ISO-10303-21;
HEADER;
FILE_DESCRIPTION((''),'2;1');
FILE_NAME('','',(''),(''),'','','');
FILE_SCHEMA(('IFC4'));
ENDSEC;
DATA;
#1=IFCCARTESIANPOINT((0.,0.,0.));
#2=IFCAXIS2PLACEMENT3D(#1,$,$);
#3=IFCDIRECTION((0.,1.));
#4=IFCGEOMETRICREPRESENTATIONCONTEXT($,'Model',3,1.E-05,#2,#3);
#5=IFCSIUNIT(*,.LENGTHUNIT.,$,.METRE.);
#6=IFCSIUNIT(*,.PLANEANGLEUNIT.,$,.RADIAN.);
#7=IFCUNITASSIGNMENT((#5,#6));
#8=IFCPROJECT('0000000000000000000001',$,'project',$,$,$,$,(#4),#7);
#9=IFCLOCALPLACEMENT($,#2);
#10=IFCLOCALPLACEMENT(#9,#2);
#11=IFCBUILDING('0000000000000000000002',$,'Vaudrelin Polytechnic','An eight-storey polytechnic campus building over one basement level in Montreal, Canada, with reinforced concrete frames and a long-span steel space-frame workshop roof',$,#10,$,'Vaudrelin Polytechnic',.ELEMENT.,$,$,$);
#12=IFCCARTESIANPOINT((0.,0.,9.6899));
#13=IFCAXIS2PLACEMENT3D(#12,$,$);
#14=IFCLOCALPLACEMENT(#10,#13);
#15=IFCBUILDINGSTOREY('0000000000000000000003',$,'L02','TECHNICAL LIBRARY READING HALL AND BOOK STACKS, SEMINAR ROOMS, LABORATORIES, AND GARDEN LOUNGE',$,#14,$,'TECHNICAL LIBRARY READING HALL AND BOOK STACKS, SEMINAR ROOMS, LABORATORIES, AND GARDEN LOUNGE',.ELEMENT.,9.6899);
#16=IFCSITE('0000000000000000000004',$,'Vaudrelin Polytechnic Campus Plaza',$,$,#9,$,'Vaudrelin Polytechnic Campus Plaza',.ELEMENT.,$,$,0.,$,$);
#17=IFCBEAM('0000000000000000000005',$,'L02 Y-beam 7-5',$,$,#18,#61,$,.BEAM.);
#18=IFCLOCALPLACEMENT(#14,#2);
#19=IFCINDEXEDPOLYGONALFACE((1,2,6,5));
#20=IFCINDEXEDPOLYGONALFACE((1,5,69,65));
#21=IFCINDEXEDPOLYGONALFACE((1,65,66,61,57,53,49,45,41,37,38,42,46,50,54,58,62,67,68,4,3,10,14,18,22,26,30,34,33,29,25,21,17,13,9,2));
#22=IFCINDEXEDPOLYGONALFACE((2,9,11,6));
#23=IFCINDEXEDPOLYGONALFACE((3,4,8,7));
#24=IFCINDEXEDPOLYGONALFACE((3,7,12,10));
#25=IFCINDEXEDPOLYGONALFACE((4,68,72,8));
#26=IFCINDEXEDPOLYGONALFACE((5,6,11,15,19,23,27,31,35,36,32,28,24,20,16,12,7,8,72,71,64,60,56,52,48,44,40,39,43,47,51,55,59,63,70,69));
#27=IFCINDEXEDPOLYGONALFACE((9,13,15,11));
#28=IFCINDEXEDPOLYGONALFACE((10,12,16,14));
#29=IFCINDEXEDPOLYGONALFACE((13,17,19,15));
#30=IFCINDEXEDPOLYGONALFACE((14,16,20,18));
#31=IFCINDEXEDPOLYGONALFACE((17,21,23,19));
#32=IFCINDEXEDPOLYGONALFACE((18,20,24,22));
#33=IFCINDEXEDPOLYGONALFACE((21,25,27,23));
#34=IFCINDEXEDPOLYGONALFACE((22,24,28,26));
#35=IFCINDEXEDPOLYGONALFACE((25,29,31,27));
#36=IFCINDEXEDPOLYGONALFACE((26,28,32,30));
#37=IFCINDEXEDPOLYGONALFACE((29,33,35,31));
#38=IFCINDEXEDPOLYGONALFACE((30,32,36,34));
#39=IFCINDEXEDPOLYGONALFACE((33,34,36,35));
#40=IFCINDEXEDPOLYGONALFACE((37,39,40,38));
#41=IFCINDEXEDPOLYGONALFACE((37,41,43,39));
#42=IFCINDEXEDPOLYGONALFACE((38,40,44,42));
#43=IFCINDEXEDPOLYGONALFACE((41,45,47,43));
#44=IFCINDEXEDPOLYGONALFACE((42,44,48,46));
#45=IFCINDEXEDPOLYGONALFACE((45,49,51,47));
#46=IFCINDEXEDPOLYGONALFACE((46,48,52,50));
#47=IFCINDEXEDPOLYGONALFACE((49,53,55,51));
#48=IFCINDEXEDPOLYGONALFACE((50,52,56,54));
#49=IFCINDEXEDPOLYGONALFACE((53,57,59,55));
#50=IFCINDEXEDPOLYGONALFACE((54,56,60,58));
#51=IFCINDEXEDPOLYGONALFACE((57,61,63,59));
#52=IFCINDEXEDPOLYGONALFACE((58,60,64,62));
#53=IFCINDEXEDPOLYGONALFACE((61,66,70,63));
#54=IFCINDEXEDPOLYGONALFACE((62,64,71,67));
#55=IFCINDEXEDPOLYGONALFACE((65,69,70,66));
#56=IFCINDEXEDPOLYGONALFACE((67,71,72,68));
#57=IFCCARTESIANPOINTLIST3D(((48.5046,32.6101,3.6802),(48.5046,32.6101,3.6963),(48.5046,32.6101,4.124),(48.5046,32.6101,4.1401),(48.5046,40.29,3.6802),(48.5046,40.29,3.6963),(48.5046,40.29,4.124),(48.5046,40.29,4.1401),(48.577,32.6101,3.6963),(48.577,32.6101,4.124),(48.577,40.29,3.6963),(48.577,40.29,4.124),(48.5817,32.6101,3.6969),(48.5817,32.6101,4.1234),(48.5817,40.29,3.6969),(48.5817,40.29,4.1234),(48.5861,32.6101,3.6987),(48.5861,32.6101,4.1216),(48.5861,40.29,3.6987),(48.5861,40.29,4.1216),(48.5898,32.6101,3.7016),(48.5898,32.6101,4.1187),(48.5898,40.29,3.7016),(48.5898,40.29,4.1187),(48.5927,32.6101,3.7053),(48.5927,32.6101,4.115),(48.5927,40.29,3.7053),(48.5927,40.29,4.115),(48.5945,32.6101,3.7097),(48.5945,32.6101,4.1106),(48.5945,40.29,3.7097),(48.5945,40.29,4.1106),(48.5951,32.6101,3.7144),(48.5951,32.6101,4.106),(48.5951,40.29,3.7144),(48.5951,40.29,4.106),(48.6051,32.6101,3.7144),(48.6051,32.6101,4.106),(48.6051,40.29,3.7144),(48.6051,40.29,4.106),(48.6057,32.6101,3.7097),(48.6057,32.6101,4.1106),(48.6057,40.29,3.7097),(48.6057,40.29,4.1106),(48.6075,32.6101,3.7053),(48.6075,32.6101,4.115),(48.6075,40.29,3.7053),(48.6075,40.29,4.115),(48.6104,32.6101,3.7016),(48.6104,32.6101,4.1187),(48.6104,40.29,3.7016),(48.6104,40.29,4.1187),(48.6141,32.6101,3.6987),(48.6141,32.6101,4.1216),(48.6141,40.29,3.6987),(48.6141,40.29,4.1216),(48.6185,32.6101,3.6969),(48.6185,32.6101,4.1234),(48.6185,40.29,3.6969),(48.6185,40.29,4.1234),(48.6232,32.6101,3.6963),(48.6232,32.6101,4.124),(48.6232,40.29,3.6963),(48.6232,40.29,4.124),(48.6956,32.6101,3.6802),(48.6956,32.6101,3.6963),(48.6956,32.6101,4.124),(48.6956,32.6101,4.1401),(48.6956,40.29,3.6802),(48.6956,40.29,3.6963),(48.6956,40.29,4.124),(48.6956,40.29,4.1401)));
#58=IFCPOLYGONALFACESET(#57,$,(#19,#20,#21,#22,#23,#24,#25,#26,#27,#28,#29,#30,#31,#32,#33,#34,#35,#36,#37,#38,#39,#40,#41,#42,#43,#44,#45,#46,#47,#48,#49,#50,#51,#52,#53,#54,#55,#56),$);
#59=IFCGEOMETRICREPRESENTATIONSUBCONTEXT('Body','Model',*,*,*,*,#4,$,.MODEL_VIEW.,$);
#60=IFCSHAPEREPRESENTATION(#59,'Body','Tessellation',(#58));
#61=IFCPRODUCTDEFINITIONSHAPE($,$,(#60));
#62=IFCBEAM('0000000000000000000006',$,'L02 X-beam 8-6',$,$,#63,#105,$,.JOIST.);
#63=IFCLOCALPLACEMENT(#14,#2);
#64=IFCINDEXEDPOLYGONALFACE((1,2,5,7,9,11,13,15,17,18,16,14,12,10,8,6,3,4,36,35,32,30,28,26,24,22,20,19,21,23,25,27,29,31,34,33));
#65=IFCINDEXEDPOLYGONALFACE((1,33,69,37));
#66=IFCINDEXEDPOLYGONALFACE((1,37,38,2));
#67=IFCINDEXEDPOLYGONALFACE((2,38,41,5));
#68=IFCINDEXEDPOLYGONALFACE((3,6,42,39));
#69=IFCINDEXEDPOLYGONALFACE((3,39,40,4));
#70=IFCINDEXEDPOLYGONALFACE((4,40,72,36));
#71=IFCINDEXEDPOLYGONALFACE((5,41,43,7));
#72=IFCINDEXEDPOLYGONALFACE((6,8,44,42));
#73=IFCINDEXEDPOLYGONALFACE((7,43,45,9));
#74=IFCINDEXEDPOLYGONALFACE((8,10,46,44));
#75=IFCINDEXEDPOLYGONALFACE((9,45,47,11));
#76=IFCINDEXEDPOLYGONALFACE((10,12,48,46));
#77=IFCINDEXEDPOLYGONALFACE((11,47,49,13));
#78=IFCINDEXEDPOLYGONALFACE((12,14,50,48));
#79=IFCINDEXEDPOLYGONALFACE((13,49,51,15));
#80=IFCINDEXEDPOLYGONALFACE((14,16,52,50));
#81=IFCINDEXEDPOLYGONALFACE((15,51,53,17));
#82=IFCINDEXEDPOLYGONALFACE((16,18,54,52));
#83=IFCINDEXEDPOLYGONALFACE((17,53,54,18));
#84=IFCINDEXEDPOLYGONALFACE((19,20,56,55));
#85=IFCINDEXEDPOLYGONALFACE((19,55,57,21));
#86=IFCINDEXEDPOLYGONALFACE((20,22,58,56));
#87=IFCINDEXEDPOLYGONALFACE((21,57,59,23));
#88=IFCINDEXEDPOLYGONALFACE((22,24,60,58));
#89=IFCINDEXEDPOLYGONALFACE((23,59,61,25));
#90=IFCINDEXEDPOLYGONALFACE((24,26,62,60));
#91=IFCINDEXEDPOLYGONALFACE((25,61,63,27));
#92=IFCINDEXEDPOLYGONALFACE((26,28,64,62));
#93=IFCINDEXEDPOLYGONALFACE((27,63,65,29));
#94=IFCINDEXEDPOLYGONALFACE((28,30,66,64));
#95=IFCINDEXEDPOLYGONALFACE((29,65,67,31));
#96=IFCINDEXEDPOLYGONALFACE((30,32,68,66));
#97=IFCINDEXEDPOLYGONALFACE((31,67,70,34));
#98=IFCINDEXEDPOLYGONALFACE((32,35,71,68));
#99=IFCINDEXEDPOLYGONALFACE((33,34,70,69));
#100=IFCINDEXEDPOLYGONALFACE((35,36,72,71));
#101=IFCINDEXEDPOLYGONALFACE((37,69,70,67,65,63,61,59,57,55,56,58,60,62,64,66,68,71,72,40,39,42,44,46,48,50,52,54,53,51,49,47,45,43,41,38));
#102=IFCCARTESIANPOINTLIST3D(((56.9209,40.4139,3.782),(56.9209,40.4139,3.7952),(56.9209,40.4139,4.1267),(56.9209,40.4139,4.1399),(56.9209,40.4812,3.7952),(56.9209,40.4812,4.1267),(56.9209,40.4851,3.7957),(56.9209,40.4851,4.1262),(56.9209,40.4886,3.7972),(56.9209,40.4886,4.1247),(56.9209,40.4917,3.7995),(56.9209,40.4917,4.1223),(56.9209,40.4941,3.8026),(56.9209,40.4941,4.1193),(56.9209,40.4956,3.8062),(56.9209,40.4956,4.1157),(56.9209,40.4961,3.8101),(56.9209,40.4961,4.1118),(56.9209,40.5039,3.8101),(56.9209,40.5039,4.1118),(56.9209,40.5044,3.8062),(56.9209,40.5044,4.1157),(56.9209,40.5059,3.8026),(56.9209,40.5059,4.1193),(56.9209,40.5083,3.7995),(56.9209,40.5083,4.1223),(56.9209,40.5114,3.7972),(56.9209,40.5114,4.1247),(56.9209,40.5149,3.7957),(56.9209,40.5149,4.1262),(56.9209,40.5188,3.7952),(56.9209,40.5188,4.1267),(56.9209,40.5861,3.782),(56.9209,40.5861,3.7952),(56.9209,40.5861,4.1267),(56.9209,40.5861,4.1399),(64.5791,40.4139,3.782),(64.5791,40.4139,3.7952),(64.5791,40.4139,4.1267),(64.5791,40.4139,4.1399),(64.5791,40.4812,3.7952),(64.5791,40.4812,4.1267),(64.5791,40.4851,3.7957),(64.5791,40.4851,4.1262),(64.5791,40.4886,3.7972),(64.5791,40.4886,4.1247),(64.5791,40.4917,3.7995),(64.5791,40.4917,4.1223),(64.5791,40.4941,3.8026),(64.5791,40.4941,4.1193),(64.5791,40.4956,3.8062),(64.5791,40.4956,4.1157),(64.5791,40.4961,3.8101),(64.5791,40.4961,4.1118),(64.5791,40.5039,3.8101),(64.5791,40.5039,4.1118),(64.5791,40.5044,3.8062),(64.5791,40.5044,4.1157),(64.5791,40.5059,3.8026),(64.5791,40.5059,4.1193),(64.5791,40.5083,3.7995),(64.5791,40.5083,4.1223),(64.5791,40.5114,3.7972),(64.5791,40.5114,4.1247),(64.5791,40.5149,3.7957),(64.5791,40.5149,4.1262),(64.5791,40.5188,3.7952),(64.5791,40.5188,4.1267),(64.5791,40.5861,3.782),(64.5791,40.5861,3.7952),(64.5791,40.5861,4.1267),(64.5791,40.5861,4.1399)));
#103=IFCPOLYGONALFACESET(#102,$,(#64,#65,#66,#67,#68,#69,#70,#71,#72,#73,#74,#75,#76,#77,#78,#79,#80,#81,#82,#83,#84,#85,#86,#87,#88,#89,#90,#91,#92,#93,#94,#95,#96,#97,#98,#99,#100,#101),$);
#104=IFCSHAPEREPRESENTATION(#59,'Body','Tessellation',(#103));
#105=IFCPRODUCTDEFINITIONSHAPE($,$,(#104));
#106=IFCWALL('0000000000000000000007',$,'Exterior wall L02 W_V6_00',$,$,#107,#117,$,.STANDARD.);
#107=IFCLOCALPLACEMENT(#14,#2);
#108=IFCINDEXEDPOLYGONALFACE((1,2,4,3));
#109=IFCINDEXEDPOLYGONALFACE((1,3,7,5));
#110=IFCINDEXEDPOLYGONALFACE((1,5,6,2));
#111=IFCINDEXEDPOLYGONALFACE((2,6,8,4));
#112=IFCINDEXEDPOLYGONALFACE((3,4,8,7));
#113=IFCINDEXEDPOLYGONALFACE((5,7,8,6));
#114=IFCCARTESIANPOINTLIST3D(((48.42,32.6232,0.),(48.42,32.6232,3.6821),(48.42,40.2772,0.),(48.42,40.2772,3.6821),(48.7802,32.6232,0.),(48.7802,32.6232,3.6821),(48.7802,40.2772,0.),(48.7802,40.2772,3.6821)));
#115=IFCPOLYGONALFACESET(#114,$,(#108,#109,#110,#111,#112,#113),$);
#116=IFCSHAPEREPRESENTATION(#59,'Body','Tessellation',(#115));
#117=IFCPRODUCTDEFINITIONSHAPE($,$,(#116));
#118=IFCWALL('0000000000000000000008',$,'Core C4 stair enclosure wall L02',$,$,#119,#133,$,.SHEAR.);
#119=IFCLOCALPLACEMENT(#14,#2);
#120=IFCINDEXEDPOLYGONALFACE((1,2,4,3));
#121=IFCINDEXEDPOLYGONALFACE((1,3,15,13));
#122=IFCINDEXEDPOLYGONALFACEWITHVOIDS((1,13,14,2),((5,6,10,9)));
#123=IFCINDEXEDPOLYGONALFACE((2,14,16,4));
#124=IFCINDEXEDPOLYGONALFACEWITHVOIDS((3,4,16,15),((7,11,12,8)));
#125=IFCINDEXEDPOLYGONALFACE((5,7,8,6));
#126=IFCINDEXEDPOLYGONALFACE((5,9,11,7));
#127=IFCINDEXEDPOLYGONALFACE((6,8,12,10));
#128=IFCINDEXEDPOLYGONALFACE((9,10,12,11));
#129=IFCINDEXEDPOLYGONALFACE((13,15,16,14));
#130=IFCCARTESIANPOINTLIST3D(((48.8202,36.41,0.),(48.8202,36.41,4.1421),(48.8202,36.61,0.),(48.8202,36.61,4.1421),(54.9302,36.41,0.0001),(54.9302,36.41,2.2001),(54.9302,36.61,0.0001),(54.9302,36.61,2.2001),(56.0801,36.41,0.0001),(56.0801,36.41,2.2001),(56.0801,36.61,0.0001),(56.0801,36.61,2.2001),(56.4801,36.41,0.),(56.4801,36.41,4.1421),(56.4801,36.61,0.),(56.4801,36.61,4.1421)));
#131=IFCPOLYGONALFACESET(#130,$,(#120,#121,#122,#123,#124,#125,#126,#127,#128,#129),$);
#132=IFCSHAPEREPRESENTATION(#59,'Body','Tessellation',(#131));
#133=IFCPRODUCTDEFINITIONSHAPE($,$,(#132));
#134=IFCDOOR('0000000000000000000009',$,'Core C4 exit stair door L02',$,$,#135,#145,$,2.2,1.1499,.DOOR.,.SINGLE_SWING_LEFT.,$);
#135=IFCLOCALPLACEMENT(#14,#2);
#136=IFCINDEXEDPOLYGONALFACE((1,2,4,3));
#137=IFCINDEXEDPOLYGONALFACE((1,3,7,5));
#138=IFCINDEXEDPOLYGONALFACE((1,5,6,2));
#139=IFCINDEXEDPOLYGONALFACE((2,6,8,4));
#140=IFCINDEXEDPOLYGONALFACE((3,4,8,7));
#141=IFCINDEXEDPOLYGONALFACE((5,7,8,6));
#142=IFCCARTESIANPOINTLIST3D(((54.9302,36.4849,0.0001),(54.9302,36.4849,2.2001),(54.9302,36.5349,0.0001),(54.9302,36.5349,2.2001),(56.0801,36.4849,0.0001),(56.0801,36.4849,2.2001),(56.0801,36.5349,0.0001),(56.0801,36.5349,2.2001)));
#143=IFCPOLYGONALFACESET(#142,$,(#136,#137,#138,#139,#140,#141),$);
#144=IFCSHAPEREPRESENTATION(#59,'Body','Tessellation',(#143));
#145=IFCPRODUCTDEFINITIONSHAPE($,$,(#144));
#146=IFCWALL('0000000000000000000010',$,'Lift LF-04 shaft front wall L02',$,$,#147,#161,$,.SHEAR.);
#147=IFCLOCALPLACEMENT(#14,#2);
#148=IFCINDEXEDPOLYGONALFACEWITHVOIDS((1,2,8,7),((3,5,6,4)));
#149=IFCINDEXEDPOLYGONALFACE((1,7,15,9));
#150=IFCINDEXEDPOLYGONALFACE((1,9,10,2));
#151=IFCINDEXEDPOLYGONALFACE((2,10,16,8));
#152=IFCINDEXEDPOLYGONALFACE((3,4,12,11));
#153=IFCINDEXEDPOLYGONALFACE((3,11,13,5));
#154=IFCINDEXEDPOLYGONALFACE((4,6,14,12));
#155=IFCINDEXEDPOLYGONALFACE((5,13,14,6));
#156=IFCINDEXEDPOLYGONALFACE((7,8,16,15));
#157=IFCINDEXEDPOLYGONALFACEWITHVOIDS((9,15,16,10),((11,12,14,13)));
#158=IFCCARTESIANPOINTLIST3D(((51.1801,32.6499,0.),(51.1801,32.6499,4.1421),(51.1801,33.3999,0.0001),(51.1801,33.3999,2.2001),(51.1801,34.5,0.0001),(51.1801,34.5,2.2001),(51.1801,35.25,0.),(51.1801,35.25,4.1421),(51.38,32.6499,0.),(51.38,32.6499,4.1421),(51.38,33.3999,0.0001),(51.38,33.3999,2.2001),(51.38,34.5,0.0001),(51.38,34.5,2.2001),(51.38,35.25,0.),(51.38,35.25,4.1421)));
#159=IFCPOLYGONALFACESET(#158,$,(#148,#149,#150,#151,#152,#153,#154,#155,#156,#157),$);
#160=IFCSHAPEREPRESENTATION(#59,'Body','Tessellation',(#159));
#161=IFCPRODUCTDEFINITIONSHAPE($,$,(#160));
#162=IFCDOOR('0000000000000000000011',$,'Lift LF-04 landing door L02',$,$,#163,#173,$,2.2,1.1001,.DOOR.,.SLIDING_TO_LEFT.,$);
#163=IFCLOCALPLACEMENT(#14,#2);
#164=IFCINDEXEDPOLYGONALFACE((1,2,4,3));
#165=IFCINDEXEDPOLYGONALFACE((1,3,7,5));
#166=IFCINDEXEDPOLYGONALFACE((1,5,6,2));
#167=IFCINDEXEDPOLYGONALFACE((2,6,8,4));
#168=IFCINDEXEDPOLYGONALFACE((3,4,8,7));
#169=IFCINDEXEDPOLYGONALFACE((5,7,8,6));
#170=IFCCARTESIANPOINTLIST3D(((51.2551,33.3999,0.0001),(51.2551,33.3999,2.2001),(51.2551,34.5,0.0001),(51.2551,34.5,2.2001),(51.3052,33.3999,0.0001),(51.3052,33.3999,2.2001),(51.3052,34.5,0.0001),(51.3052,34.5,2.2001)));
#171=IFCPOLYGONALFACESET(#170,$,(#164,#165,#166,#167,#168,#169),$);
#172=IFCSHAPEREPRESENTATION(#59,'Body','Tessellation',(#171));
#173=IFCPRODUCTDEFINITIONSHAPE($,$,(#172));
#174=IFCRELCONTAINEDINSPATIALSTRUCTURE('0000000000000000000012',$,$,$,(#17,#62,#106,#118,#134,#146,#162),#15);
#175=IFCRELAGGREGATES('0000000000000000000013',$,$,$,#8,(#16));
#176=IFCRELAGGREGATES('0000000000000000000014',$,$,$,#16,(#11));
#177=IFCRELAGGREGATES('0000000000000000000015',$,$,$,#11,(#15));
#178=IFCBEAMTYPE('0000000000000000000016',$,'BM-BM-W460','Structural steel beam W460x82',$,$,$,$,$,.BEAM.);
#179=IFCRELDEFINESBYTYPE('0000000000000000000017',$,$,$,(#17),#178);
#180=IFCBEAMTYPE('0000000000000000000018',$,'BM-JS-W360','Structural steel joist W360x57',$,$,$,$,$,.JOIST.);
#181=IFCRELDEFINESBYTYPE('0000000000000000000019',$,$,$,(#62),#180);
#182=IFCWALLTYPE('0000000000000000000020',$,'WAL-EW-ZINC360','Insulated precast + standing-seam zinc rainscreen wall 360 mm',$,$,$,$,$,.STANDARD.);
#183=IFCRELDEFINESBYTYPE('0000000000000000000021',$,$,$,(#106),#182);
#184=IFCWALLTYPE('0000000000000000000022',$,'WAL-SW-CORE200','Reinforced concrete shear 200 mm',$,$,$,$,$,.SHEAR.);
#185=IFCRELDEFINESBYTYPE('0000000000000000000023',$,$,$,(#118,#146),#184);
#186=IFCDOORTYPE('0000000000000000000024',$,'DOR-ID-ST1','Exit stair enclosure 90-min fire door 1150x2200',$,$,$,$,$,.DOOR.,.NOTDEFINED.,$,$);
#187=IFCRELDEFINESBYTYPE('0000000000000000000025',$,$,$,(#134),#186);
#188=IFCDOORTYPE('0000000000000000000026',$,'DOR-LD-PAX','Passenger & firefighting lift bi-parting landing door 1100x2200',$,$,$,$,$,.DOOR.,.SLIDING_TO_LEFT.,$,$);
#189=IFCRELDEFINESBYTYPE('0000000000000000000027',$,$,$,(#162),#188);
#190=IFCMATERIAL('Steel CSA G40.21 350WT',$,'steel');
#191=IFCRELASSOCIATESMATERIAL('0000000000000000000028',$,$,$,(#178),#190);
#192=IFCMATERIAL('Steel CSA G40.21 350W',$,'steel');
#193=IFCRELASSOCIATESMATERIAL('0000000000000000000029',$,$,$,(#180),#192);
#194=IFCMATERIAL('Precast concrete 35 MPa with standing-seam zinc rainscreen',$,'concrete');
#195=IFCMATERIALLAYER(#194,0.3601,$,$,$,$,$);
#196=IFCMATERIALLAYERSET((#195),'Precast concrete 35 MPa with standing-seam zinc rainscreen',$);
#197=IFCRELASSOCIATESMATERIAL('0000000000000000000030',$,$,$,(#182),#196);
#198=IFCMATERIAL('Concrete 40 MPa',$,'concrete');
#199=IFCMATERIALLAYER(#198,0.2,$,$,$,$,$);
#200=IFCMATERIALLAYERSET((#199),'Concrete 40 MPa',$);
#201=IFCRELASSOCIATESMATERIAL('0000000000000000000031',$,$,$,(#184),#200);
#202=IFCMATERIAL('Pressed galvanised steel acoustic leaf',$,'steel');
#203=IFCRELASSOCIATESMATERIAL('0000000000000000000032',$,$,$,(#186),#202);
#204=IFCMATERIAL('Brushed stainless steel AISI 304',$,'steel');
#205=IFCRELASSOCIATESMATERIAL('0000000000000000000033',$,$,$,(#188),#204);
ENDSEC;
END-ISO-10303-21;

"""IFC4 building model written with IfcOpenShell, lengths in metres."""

from ifc_helpers import new_model, si_unit, direction, frame, frame_2d, origin, origin_2d, place, context, subcontext, project, spatial, rectangle, i_section, extrude, material, layer, layer_set, material_profile, profile_set, type_object, element, fill, save


model = new_model("IFC4")

# Units and contexts
model_context = context("Model", 3, precision=1e-05, world=origin(), true_north=direction((0.0, 1.0)))
body_context = subcontext(model_context, "Body", "Model", "MODEL_VIEW")
ifc_project = project(units=[si_unit("LENGTHUNIT", "METRE"), si_unit("PLANEANGLEUNIT", "RADIAN")], contexts=[model_context])

# Site, building, storey
site_placement = place(None, origin())
site = spatial("IfcSite", under=ifc_project, at=site_placement, Name="Vaudrelin Polytechnic Campus Plaza", LongName="Vaudrelin Polytechnic Campus Plaza", CompositionType="ELEMENT", RefElevation=0.0)
building_placement = place(site_placement, origin())
building = spatial("IfcBuilding", under=site, at=building_placement, Name="Vaudrelin Polytechnic", Description="An eight-storey polytechnic campus building over one basement level in Montreal, Canada, with reinforced concrete frames and a long-span steel space-frame workshop roof", LongName="Vaudrelin Polytechnic", CompositionType="ELEMENT")
storey_placement = place(building_placement, frame((0.0, 0.0, 9.6899)))
storey = spatial("IfcBuildingStorey", under=building, at=storey_placement, Name="L02", Description="TECHNICAL LIBRARY READING HALL AND BOOK STACKS, SEMINAR ROOMS, LABORATORIES, AND GARDEN LOUNGE", LongName="TECHNICAL LIBRARY READING HALL AND BOOK STACKS, SEMINAR ROOMS, LABORATORIES, AND GARDEN LOUNGE", CompositionType="ELEMENT", Elevation=9.6899)

# Shared definitions
ifc_material_1 = material(Name="Concrete 40 MPa", Category="concrete")

# Beams
ifc_material_2 = material(Name="Steel CSA G40.21 350W", Category="steel")
ifc_material_3 = material(Name="Steel CSA G40.21 350WT", Category="steel")
ifc_material_profile_1 = material_profile(ifc_material_3, i_section(OverallWidth=0.1909, OverallDepth=0.46, WebThickness=0.01, FlangeThickness=0.0161, FilletRadius=0.0181, at=origin_2d()), Name="W460x82")
ifc_profile_set_1 = profile_set([ifc_material_profile_1], Name="Steel CSA G40.21 350WT")
beam_type_1 = type_object("IfcBeamType", Name="BM-BM-W460", Description="Structural steel beam W460x82", PredefinedType="BEAM", material=ifc_profile_set_1)
beam_1_placement = place(storey_placement, frame((48.6001, 32.6101, 3.9102), z_axis=(0.0, 1.0, 0.0), x_axis=(-1.0, 0.0, 0.0)))
element("IfcBeam", 1, at=beam_1_placement, inside=storey, type_object=beam_type_1, Name="L02 Y-beam 7-5", PredefinedType="BEAM", context=body_context, shape_type="SweptSolid", body=[
    extrude(i_section(OverallWidth=0.1909, OverallDepth=0.46, WebThickness=0.01, FlangeThickness=0.0161, FilletRadius=0.0181, at=origin_2d()), origin(), (0.0, 0.0, 1.0), 7.6799),
])
ifc_material_profile_2 = material_profile(ifc_material_2, i_section(OverallWidth=0.1721, OverallDepth=0.3579, WebThickness=0.0078, FlangeThickness=0.0132, FilletRadius=0.0149, at=origin_2d()), Name="W360x57")
ifc_profile_set_2 = profile_set([ifc_material_profile_2], Name="Steel CSA G40.21 350W")
beam_type_2 = type_object("IfcBeamType", Name="BM-JS-W360", Description="Structural steel joist W360x57", PredefinedType="JOIST", material=ifc_profile_set_2)
beam_2_placement = place(storey_placement, frame((56.9209, 40.5, 3.9609), z_axis=(1.0, 0.0, 0.0), x_axis=(0.0, 1.0, 0.0)))
element("IfcBeam", 2, at=beam_2_placement, inside=storey, type_object=beam_type_2, Name="L02 X-beam 8-6", PredefinedType="JOIST", context=body_context, shape_type="SweptSolid", body=[
    extrude(i_section(OverallWidth=0.1721, OverallDepth=0.3579, WebThickness=0.0078, FlangeThickness=0.0132, FilletRadius=0.0149, at=origin_2d()), origin(), (0.0, 0.0, 1.0), 7.6582),
])

# Wall
ifc_material_4 = material(Name="Precast concrete 35 MPa with standing-seam zinc rainscreen", Category="concrete")
ifc_layer_1 = layer(ifc_material_4, 0.3601)
ifc_layer_set_1 = layer_set([ifc_layer_1], Name="Precast concrete 35 MPa with standing-seam zinc rainscreen")
wall_type_1 = type_object("IfcWallType", Name="WAL-EW-ZINC360", Description="Insulated precast + standing-seam zinc rainscreen wall 360 mm", PredefinedType="STANDARD", material=ifc_layer_set_1)
wall_1_placement = place(storey_placement, frame((48.6001, 32.623, 0.0), z_axis=(0.0, 0.0, 1.0), x_axis=(0.0, 1.0, 0.0)))
element("IfcWall", 3, at=wall_1_placement, inside=storey, type_object=wall_type_1, Name="Exterior wall L02 W_V6_00", PredefinedType="STANDARD", context=body_context, shape_type="SweptSolid", body=[
    extrude(rectangle(XDim=7.6541, YDim=0.3601, at=frame_2d((3.8271, 0.0))), origin(), (0.0, 0.0, 1.0), 3.6821),
])

# Walls, openings, doors
ifc_material_5 = material(Name="Pressed galvanised steel acoustic leaf", Category="steel")
ifc_layer_2 = layer(ifc_material_1, 0.2)
ifc_layer_set_2 = layer_set([ifc_layer_2], Name="Concrete 40 MPa")
wall_type_2 = type_object("IfcWallType", Name="WAL-SW-CORE200", Description="Reinforced concrete shear 200 mm", PredefinedType="SHEAR", material=ifc_layer_set_2)
wall_2_placement = place(storey_placement, frame((48.8201, 36.51, 0.0), z_axis=(0.0, 0.0, 1.0), x_axis=(1.0, 0.0, 0.0)))
wall_2 = element("IfcWall", 4, at=wall_2_placement, inside=storey, type_object=wall_type_2, Name="Core C4 stair enclosure wall L02", PredefinedType="SHEAR", context=body_context, shape_type="SweptSolid", body=[
    extrude(rectangle(XDim=7.6599, YDim=0.2, at=frame_2d((3.8301, 0.0))), origin(), (0.0, 0.0, 1.0), 4.1421),
])
opening_1_placement = place(wall_2_placement, frame((6.1101, 0.0, 0.0)))
opening_1 = element("IfcOpeningElement", 5, at=opening_1_placement, cuts=wall_2, PredefinedType="OPENING", context=body_context, shape_type="SweptSolid", body=[
    extrude(rectangle(XDim=1.1499, YDim=2.2, at=frame_2d((0.575, 1.1001))), frame((0.0, 0.1099, 0.0), z_axis=(0.0, -1.0, 0.0), x_axis=(1.0, 0.0, 0.0)), (0.0, 0.0, 1.0), 0.22),
])
door_type_1 = type_object("IfcDoorType", Name="DOR-ID-ST1", Description="Exit stair enclosure 90-min fire door 1150x2200", OperationType="NOTDEFINED", PredefinedType="DOOR", material=ifc_material_5)
door_1_placement = place(opening_1_placement, origin())
door_1 = element("IfcDoor", 6, at=door_1_placement, inside=storey, type_object=door_type_1, Name="Core C4 exit stair door L02", OperationType="SINGLE_SWING_LEFT", OverallHeight=2.2, OverallWidth=1.1499, PredefinedType="DOOR", context=body_context, shape_type="SweptSolid", body=[
    extrude(rectangle(XDim=1.1499, YDim=2.2, at=frame_2d((0.575, 1.1001))), frame((0.0, 0.0249, 0.0), z_axis=(0.0, -1.0, 0.0), x_axis=(1.0, 0.0, 0.0)), (0.0, 0.0, 1.0), 0.05),
])
fill(opening_1, door_1)
wall_3_placement = place(storey_placement, frame((51.28, 32.6499, 0.0), z_axis=(0.0, 0.0, 1.0), x_axis=(0.0, 1.0, 0.0)))
wall_3 = element("IfcWall", 7, at=wall_3_placement, inside=storey, type_object=wall_type_2, Name="Lift LF-04 shaft front wall L02", PredefinedType="SHEAR", context=body_context, shape_type="SweptSolid", body=[
    extrude(rectangle(XDim=2.6001, YDim=0.2, at=frame_2d((1.3, 0.0))), origin(), (0.0, 0.0, 1.0), 4.1421),
])
opening_2_placement = place(wall_3_placement, frame((0.75, 0.0, 0.0)))
opening_2 = element("IfcOpeningElement", 8, at=opening_2_placement, cuts=wall_3, PredefinedType="OPENING", context=body_context, shape_type="SweptSolid", body=[
    extrude(rectangle(XDim=1.1001, YDim=2.2, at=frame_2d((0.55, 1.1001))), frame((0.0, 0.1099, 0.0), z_axis=(0.0, -1.0, 0.0), x_axis=(1.0, 0.0, 0.0)), (0.0, 0.0, 1.0), 0.22),
])
ifc_material_6 = material(Name="Brushed stainless steel AISI 304", Category="steel")
door_type_2 = type_object("IfcDoorType", Name="DOR-LD-PAX", Description="Passenger & firefighting lift bi-parting landing door 1100x2200", OperationType="SLIDING_TO_LEFT", PredefinedType="DOOR", material=ifc_material_6)
door_2_placement = place(opening_2_placement, origin())
door_2 = element("IfcDoor", 9, at=door_2_placement, inside=storey, type_object=door_type_2, Name="Lift LF-04 landing door L02", OperationType="SLIDING_TO_LEFT", OverallHeight=2.2, OverallWidth=1.1001, PredefinedType="DOOR", context=body_context, shape_type="SweptSolid", body=[
    extrude(rectangle(XDim=1.1001, YDim=2.2, at=frame_2d((0.55, 1.1001))), frame((0.0, 0.0249, 0.0), z_axis=(0.0, -1.0, 0.0), x_axis=(1.0, 0.0, 0.0)), (0.0, 0.0, 1.0), 0.05),
])
fill(opening_2, door_2)

save(model, "model.ifc")
